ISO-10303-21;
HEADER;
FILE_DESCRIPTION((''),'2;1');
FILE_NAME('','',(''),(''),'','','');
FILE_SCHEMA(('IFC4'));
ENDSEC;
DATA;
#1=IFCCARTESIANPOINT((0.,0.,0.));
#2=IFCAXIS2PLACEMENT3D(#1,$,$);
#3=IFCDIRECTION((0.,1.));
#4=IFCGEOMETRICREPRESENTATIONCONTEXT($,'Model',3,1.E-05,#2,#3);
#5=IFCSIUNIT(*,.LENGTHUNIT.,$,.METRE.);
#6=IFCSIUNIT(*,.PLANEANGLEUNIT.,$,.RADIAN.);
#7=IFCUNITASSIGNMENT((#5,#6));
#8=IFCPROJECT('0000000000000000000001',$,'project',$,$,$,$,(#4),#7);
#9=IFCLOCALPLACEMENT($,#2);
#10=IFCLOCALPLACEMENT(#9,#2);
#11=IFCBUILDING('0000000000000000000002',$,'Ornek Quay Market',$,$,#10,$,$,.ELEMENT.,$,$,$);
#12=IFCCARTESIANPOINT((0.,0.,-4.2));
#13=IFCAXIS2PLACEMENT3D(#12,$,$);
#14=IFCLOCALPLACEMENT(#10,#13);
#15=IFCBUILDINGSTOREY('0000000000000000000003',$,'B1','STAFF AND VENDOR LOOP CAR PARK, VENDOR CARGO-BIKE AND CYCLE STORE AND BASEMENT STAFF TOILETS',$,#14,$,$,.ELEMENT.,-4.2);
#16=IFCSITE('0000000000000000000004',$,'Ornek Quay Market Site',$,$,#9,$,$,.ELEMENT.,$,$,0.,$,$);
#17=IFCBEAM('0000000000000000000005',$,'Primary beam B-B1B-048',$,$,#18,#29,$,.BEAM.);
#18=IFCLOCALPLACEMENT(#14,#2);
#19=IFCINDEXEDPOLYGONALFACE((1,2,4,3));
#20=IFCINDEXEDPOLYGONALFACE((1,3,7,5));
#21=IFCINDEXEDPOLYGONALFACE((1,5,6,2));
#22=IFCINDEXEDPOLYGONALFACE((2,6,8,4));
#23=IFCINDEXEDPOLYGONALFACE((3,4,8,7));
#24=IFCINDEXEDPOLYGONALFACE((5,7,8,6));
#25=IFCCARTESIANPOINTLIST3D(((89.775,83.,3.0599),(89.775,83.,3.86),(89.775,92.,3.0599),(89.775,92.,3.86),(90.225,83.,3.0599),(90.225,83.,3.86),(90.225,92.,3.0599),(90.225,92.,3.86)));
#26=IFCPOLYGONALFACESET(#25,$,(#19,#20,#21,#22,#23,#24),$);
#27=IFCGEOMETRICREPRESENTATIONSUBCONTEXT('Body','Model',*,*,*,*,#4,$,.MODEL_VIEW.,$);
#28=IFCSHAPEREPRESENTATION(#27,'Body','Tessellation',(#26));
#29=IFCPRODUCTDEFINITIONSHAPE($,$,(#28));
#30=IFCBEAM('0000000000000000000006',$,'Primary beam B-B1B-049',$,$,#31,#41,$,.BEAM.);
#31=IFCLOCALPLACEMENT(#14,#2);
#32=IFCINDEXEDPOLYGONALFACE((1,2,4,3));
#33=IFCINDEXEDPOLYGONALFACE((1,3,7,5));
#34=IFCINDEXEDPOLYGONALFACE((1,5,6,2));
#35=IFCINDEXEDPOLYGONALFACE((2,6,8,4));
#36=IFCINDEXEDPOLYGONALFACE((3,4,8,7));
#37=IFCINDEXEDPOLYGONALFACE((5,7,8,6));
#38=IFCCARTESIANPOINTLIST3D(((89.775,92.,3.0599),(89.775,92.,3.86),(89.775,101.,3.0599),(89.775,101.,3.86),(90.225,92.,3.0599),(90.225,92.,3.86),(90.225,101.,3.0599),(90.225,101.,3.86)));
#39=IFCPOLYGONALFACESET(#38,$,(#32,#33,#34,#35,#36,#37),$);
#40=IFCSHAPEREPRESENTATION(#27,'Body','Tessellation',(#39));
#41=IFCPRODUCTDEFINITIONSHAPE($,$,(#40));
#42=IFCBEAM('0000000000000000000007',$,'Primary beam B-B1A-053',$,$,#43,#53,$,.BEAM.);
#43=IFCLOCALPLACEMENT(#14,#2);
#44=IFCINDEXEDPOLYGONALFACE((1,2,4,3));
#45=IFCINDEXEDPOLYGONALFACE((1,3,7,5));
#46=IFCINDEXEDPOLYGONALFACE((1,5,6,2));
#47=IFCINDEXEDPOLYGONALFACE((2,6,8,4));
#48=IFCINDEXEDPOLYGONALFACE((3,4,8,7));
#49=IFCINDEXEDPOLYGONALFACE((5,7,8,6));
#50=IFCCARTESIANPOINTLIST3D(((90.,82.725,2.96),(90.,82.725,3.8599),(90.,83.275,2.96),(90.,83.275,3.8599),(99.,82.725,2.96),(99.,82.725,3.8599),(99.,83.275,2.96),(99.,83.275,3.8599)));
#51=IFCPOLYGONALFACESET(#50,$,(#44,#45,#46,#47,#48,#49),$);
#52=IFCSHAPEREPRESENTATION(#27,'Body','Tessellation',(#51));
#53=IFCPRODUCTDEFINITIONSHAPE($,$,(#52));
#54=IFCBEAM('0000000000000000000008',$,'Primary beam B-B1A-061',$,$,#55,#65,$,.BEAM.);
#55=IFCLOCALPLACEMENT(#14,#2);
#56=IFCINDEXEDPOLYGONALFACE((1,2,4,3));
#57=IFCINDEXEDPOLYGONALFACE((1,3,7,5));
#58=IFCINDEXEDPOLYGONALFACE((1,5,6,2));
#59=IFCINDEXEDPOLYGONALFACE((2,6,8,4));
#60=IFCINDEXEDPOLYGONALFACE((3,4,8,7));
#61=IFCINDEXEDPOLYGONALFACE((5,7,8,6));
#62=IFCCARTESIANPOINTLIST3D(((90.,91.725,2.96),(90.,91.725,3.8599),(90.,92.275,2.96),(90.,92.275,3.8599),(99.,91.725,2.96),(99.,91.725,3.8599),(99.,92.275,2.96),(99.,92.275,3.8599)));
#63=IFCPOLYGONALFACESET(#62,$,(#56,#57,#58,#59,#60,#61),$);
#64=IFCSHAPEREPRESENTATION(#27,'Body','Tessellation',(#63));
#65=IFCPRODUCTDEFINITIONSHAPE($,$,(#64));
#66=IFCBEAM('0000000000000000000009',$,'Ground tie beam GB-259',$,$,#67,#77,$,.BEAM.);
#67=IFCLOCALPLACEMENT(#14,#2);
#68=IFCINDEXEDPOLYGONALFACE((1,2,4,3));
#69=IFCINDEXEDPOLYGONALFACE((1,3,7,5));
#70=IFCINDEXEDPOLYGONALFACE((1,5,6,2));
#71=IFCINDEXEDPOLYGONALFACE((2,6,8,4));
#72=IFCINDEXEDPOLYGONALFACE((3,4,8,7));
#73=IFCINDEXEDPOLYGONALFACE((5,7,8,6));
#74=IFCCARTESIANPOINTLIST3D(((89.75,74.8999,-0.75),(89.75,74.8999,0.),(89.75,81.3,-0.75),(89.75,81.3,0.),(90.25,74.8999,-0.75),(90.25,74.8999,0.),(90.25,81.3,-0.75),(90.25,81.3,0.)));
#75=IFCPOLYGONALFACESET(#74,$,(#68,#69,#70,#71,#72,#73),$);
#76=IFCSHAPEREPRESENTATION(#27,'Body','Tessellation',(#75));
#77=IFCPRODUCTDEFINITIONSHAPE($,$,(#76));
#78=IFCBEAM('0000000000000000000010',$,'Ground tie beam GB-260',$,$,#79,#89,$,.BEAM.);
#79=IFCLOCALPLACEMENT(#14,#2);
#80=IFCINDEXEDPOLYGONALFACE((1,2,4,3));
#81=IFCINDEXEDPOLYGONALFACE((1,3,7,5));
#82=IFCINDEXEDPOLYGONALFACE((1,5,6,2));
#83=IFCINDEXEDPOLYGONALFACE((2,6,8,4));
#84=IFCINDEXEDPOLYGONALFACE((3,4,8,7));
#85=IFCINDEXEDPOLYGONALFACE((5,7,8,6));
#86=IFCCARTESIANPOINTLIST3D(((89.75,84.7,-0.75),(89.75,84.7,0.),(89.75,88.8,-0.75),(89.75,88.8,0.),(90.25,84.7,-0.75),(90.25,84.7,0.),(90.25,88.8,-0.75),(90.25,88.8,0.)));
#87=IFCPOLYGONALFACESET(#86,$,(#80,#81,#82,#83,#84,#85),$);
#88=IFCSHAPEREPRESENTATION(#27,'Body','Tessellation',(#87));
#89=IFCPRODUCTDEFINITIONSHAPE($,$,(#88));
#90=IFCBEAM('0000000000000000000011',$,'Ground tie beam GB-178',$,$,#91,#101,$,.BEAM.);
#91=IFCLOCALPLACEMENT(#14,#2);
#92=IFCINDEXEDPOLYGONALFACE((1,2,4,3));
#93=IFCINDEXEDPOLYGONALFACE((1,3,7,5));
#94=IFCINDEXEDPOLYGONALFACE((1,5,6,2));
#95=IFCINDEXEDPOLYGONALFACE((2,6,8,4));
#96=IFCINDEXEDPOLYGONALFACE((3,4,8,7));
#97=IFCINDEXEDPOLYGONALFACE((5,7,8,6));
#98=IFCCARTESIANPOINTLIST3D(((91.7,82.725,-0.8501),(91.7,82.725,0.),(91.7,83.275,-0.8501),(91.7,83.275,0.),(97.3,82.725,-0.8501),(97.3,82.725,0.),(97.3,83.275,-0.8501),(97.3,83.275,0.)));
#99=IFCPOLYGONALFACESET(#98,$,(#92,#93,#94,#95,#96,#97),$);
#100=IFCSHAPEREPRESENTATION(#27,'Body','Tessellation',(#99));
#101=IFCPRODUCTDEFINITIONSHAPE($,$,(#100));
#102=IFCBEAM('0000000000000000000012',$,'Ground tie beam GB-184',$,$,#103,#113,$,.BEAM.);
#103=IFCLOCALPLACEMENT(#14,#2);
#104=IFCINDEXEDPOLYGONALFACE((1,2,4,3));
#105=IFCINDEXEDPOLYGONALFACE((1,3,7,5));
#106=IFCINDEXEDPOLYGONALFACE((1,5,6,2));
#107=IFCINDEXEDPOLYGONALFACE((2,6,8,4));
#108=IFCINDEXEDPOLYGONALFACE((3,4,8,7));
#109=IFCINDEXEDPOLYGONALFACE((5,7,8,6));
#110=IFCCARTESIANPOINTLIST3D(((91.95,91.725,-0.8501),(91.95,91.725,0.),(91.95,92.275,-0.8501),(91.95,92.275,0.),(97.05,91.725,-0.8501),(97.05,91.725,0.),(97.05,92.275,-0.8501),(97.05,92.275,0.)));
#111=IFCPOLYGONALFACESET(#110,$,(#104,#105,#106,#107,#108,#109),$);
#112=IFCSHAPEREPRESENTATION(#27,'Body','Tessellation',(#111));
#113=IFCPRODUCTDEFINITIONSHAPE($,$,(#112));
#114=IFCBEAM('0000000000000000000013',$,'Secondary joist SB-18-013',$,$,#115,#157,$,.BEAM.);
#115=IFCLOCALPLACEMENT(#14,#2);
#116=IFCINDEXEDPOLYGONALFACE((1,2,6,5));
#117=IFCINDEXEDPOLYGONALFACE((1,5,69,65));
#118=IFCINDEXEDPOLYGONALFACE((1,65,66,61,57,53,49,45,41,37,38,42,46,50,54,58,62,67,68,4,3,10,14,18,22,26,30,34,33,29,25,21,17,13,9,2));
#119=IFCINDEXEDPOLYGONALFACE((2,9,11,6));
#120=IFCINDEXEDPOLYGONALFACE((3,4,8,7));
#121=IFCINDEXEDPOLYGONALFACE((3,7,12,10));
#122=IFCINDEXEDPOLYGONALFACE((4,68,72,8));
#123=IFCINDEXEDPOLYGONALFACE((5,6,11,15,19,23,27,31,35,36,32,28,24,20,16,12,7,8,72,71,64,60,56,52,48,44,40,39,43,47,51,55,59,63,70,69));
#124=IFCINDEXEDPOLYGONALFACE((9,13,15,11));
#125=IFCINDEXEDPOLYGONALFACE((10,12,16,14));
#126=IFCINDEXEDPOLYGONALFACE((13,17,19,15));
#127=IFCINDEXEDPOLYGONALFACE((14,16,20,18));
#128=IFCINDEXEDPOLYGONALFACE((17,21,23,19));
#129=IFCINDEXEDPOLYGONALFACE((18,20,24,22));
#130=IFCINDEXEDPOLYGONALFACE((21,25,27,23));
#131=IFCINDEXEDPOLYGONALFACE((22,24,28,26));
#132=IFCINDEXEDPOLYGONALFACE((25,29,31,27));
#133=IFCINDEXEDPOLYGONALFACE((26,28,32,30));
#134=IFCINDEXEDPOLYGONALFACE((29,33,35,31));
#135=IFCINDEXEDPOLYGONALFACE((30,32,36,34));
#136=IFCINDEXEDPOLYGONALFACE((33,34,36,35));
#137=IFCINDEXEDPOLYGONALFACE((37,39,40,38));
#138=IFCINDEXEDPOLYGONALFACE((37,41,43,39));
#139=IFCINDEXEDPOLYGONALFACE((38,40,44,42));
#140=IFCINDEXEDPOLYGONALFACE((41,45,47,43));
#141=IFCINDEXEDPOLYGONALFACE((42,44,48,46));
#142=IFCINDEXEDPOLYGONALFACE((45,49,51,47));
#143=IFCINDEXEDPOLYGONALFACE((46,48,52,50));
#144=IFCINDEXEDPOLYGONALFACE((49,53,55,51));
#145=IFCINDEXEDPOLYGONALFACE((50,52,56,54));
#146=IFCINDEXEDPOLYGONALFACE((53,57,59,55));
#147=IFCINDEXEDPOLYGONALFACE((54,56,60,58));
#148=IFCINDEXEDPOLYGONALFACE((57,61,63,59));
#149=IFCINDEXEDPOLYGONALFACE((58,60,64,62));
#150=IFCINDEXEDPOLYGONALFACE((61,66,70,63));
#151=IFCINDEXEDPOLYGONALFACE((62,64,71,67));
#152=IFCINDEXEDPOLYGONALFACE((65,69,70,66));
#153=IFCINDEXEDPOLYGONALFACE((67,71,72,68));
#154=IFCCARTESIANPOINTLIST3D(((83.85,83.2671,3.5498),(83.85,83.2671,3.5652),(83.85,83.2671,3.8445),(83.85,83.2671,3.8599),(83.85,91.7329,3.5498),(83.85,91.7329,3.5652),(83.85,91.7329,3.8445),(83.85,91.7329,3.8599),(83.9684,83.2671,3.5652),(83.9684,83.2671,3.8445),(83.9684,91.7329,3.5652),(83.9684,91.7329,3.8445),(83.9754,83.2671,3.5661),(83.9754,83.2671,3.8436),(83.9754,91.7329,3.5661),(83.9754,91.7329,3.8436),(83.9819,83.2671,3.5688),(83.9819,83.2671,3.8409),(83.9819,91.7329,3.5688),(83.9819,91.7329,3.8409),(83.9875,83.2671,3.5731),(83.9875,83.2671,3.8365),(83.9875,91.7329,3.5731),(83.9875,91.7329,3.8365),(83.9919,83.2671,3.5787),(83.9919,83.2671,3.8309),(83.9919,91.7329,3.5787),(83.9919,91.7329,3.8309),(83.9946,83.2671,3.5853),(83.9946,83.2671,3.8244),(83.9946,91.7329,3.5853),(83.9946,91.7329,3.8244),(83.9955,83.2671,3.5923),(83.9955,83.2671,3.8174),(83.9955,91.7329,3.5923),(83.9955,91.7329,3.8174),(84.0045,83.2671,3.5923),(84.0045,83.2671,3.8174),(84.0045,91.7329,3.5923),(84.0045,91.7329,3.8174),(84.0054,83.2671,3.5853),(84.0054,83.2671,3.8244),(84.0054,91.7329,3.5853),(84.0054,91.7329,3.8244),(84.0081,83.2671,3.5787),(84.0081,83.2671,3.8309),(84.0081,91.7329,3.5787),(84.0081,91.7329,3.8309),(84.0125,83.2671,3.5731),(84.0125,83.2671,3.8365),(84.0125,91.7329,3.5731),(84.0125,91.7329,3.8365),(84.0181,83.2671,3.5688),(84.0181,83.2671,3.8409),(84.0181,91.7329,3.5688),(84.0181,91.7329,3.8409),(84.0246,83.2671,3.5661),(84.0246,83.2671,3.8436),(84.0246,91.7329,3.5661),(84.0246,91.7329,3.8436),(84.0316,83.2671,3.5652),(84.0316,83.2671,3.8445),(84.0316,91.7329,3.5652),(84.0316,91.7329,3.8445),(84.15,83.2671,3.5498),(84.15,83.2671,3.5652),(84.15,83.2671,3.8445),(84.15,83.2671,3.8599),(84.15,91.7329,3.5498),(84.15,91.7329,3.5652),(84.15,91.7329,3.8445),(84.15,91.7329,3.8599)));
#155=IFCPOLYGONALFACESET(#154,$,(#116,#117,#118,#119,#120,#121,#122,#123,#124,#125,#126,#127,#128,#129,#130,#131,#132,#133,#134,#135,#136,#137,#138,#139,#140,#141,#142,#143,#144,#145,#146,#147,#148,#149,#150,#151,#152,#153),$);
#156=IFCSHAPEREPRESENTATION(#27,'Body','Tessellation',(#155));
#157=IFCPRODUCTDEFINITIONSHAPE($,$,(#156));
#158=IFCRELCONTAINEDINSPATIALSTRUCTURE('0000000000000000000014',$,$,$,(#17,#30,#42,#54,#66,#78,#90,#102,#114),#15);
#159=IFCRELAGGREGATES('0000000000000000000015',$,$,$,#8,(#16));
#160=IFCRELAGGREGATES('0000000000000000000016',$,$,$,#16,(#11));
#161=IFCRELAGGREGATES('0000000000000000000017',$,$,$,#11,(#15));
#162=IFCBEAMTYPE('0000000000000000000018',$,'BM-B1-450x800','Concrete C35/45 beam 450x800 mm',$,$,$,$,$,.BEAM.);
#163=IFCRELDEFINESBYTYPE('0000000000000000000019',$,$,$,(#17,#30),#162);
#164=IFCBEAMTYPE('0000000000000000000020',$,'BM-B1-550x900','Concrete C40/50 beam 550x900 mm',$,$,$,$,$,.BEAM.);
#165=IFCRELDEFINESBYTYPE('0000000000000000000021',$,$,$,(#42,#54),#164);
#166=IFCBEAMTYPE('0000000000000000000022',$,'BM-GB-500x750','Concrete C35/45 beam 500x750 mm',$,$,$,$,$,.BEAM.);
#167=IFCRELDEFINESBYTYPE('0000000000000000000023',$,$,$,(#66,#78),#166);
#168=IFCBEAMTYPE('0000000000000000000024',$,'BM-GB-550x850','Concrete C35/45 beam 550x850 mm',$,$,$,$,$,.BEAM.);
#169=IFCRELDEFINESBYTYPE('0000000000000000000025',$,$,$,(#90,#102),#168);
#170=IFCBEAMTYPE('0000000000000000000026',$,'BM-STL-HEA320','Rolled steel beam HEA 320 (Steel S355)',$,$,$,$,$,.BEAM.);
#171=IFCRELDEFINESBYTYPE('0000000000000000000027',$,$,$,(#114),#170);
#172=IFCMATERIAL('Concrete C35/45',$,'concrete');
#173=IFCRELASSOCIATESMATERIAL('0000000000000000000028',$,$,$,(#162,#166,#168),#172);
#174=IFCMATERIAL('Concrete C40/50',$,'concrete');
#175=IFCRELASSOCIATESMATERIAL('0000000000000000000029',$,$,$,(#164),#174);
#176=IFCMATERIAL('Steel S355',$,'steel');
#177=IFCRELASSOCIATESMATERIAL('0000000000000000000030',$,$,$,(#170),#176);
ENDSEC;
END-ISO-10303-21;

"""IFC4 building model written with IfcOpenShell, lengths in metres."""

from ifc_helpers import new_model, si_unit, direction, frame, origin, origin_2d, place, context, subcontext, project, spatial, rectangle, i_section, extrude, material, material_profile, profile_set, type_object, element, save


model = new_model("IFC4")

# Units and contexts
model_context = context("Model", 3, precision=1e-05, world=origin(), true_north=direction((0.0, 1.0)))
body_context = subcontext(model_context, "Body", "Model", "MODEL_VIEW")
ifc_project = project(units=[si_unit("LENGTHUNIT", "METRE"), si_unit("PLANEANGLEUNIT", "RADIAN")], contexts=[model_context])

# Site, building, storey
site_placement = place(None, origin())
site = spatial("IfcSite", under=ifc_project, at=site_placement, Name="Ornek Quay Market Site", CompositionType="ELEMENT", RefElevation=0.0)
building_placement = place(site_placement, origin())
building = spatial("IfcBuilding", under=site, at=building_placement, Name="Ornek Quay Market", CompositionType="ELEMENT")
storey_placement = place(building_placement, frame((0.0, 0.0, -4.2)))
storey = spatial("IfcBuildingStorey", under=building, at=storey_placement, Name="B1", Description="STAFF AND VENDOR LOOP CAR PARK, VENDOR CARGO-BIKE AND CYCLE STORE AND BASEMENT STAFF TOILETS", CompositionType="ELEMENT", Elevation=-4.2)

# Shared definitions
ifc_material_1 = material(Name="Concrete C35/45", Category="concrete")

# Shared definitions
ifc_material_2 = material(Name="Concrete C40/50", Category="concrete")

# Beams
ifc_material_profile_1 = material_profile(ifc_material_1, rectangle(XDim=0.45, YDim=0.8, at=origin_2d()), Name="RC 450x800", Category="concrete")
ifc_profile_set_1 = profile_set([ifc_material_profile_1], Name="Concrete C35/45")
beam_type_1 = type_object("IfcBeamType", Name="BM-B1-450x800", Description="Concrete C35/45 beam 450x800 mm", PredefinedType="BEAM", material=ifc_profile_set_1)
for number, where, z_axis, x_axis, name in (
    (1, (90.0, 83.0, 3.46), (0.0, 1.0, 0.0), (-1.0, 0.0, 0.0), "Primary beam B-B1B-048"),
    (2, (90.0, 92.0, 3.46), (0.0, 1.0, 0.0), (-1.0, 0.0, 0.0), "Primary beam B-B1B-049"),
):
    element("IfcBeam", number, at=place(storey_placement, frame(where, z_axis=z_axis, x_axis=x_axis)), inside=storey, type_object=beam_type_1, Name=name, PredefinedType="BEAM", context=body_context, shape_type="SweptSolid", body=[
        extrude(rectangle(XDim=0.45, YDim=0.8, at=origin_2d()), origin(), (0.0, 0.0, 1.0), 9.0),
    ])
ifc_material_profile_2 = material_profile(ifc_material_2, rectangle(XDim=0.55, YDim=0.8999, at=origin_2d()), Name="RC 550x900", Category="concrete")
ifc_profile_set_2 = profile_set([ifc_material_profile_2], Name="Concrete C40/50")
beam_type_2 = type_object("IfcBeamType", Name="BM-B1-550x900", Description="Concrete C40/50 beam 550x900 mm", PredefinedType="BEAM", material=ifc_profile_set_2)
for number, where, z_axis, x_axis, name in (
    (3, (90.0, 83.0, 3.4099), (1.0, 0.0, 0.0), (0.0, 1.0, 0.0), "Primary beam B-B1A-053"),
    (4, (90.0, 92.0, 3.4099), (1.0, 0.0, 0.0), (0.0, 1.0, 0.0), "Primary beam B-B1A-061"),
):
    element("IfcBeam", number, at=place(storey_placement, frame(where, z_axis=z_axis, x_axis=x_axis)), inside=storey, type_object=beam_type_2, Name=name, PredefinedType="BEAM", context=body_context, shape_type="SweptSolid", body=[
        extrude(rectangle(XDim=0.55, YDim=0.8999, at=origin_2d()), origin(), (0.0, 0.0, 1.0), 9.0),
    ])
ifc_material_profile_3 = material_profile(ifc_material_1, rectangle(XDim=0.5, YDim=0.75, at=origin_2d()), Name="RC 500x750", Category="concrete")
ifc_profile_set_3 = profile_set([ifc_material_profile_3], Name="Concrete C35/45")
beam_type_3 = type_object("IfcBeamType", Name="BM-GB-500x750", Description="Concrete C35/45 beam 500x750 mm", PredefinedType="BEAM", material=ifc_profile_set_3)
beam_1_placement = place(storey_placement, frame((90.0, 74.8999, -0.375), z_axis=(0.0, 1.0, 0.0), x_axis=(-1.0, 0.0, 0.0)))
element("IfcBeam", 5, at=beam_1_placement, inside=storey, type_object=beam_type_3, Name="Ground tie beam GB-259", PredefinedType="BEAM", context=body_context, shape_type="SweptSolid", body=[
    extrude(rectangle(XDim=0.5, YDim=0.75, at=origin_2d()), origin(), (0.0, 0.0, 1.0), 6.4001),
])
beam_2_placement = place(storey_placement, frame((90.0, 84.7, -0.375), z_axis=(0.0, 1.0, 0.0), x_axis=(-1.0, 0.0, 0.0)))
element("IfcBeam", 6, at=beam_2_placement, inside=storey, type_object=beam_type_3, Name="Ground tie beam GB-260", PredefinedType="BEAM", context=body_context, shape_type="SweptSolid", body=[
    extrude(rectangle(XDim=0.5, YDim=0.75, at=origin_2d()), origin(), (0.0, 0.0, 1.0), 4.1001),
])
ifc_material_profile_4 = material_profile(ifc_material_1, rectangle(XDim=0.55, YDim=0.8501, at=origin_2d()), Name="RC 550x850", Category="concrete")
ifc_profile_set_4 = profile_set([ifc_material_profile_4], Name="Concrete C35/45")
beam_type_4 = type_object("IfcBeamType", Name="BM-GB-550x850", Description="Concrete C35/45 beam 550x850 mm", PredefinedType="BEAM", material=ifc_profile_set_4)
beam_3_placement = place(storey_placement, frame((91.7, 83.0, -0.425), z_axis=(1.0, 0.0, 0.0), x_axis=(0.0, 1.0, 0.0)))
element("IfcBeam", 7, at=beam_3_placement, inside=storey, type_object=beam_type_4, Name="Ground tie beam GB-178", PredefinedType="BEAM", context=body_context, shape_type="SweptSolid", body=[
    extrude(rectangle(XDim=0.55, YDim=0.8501, at=origin_2d()), origin(), (0.0, 0.0, 1.0), 5.6001),
])
beam_4_placement = place(storey_placement, frame((91.95, 92.0, -0.425), z_axis=(1.0, 0.0, 0.0), x_axis=(0.0, 1.0, 0.0)))
element("IfcBeam", 8, at=beam_4_placement, inside=storey, type_object=beam_type_4, Name="Ground tie beam GB-184", PredefinedType="BEAM", context=body_context, shape_type="SweptSolid", body=[
    extrude(rectangle(XDim=0.55, YDim=0.8501, at=origin_2d()), origin(), (0.0, 0.0, 1.0), 5.1001),
])
ifc_material_3 = material(Name="Steel S355", Category="steel")
ifc_material_profile_5 = material_profile(ifc_material_3, i_section(OverallWidth=0.3, OverallDepth=0.3101, WebThickness=0.009, FlangeThickness=0.0154, FilletRadius=0.0271, at=origin_2d()), Name="HEA 320", Category="steel")
ifc_profile_set_5 = profile_set([ifc_material_profile_5], Name="Steel S355")
beam_type_5 = type_object("IfcBeamType", Name="BM-STL-HEA320", Description="Rolled steel beam HEA 320 (Steel S355)", PredefinedType="BEAM", material=ifc_profile_set_5)
for number, where, z_axis, x_axis, name in (
    (9, (84.0, 83.2671, 3.7048), (0.0, 1.0, 0.0), (-1.0, 0.0, 0.0), "Secondary joist SB-18-013"),
):
    element("IfcBeam", number, at=place(storey_placement, frame(where, z_axis=z_axis, x_axis=x_axis)), inside=storey, type_object=beam_type_5, Name=name, PredefinedType="BEAM", context=body_context, shape_type="SweptSolid", body=[
        extrude(i_section(OverallWidth=0.3, OverallDepth=0.3101, WebThickness=0.009, FlangeThickness=0.0154, FilletRadius=0.0271, at=origin_2d()), origin(), (0.0, 0.0, 1.0), 8.4658),
    ])

save(model, "model.ifc")
